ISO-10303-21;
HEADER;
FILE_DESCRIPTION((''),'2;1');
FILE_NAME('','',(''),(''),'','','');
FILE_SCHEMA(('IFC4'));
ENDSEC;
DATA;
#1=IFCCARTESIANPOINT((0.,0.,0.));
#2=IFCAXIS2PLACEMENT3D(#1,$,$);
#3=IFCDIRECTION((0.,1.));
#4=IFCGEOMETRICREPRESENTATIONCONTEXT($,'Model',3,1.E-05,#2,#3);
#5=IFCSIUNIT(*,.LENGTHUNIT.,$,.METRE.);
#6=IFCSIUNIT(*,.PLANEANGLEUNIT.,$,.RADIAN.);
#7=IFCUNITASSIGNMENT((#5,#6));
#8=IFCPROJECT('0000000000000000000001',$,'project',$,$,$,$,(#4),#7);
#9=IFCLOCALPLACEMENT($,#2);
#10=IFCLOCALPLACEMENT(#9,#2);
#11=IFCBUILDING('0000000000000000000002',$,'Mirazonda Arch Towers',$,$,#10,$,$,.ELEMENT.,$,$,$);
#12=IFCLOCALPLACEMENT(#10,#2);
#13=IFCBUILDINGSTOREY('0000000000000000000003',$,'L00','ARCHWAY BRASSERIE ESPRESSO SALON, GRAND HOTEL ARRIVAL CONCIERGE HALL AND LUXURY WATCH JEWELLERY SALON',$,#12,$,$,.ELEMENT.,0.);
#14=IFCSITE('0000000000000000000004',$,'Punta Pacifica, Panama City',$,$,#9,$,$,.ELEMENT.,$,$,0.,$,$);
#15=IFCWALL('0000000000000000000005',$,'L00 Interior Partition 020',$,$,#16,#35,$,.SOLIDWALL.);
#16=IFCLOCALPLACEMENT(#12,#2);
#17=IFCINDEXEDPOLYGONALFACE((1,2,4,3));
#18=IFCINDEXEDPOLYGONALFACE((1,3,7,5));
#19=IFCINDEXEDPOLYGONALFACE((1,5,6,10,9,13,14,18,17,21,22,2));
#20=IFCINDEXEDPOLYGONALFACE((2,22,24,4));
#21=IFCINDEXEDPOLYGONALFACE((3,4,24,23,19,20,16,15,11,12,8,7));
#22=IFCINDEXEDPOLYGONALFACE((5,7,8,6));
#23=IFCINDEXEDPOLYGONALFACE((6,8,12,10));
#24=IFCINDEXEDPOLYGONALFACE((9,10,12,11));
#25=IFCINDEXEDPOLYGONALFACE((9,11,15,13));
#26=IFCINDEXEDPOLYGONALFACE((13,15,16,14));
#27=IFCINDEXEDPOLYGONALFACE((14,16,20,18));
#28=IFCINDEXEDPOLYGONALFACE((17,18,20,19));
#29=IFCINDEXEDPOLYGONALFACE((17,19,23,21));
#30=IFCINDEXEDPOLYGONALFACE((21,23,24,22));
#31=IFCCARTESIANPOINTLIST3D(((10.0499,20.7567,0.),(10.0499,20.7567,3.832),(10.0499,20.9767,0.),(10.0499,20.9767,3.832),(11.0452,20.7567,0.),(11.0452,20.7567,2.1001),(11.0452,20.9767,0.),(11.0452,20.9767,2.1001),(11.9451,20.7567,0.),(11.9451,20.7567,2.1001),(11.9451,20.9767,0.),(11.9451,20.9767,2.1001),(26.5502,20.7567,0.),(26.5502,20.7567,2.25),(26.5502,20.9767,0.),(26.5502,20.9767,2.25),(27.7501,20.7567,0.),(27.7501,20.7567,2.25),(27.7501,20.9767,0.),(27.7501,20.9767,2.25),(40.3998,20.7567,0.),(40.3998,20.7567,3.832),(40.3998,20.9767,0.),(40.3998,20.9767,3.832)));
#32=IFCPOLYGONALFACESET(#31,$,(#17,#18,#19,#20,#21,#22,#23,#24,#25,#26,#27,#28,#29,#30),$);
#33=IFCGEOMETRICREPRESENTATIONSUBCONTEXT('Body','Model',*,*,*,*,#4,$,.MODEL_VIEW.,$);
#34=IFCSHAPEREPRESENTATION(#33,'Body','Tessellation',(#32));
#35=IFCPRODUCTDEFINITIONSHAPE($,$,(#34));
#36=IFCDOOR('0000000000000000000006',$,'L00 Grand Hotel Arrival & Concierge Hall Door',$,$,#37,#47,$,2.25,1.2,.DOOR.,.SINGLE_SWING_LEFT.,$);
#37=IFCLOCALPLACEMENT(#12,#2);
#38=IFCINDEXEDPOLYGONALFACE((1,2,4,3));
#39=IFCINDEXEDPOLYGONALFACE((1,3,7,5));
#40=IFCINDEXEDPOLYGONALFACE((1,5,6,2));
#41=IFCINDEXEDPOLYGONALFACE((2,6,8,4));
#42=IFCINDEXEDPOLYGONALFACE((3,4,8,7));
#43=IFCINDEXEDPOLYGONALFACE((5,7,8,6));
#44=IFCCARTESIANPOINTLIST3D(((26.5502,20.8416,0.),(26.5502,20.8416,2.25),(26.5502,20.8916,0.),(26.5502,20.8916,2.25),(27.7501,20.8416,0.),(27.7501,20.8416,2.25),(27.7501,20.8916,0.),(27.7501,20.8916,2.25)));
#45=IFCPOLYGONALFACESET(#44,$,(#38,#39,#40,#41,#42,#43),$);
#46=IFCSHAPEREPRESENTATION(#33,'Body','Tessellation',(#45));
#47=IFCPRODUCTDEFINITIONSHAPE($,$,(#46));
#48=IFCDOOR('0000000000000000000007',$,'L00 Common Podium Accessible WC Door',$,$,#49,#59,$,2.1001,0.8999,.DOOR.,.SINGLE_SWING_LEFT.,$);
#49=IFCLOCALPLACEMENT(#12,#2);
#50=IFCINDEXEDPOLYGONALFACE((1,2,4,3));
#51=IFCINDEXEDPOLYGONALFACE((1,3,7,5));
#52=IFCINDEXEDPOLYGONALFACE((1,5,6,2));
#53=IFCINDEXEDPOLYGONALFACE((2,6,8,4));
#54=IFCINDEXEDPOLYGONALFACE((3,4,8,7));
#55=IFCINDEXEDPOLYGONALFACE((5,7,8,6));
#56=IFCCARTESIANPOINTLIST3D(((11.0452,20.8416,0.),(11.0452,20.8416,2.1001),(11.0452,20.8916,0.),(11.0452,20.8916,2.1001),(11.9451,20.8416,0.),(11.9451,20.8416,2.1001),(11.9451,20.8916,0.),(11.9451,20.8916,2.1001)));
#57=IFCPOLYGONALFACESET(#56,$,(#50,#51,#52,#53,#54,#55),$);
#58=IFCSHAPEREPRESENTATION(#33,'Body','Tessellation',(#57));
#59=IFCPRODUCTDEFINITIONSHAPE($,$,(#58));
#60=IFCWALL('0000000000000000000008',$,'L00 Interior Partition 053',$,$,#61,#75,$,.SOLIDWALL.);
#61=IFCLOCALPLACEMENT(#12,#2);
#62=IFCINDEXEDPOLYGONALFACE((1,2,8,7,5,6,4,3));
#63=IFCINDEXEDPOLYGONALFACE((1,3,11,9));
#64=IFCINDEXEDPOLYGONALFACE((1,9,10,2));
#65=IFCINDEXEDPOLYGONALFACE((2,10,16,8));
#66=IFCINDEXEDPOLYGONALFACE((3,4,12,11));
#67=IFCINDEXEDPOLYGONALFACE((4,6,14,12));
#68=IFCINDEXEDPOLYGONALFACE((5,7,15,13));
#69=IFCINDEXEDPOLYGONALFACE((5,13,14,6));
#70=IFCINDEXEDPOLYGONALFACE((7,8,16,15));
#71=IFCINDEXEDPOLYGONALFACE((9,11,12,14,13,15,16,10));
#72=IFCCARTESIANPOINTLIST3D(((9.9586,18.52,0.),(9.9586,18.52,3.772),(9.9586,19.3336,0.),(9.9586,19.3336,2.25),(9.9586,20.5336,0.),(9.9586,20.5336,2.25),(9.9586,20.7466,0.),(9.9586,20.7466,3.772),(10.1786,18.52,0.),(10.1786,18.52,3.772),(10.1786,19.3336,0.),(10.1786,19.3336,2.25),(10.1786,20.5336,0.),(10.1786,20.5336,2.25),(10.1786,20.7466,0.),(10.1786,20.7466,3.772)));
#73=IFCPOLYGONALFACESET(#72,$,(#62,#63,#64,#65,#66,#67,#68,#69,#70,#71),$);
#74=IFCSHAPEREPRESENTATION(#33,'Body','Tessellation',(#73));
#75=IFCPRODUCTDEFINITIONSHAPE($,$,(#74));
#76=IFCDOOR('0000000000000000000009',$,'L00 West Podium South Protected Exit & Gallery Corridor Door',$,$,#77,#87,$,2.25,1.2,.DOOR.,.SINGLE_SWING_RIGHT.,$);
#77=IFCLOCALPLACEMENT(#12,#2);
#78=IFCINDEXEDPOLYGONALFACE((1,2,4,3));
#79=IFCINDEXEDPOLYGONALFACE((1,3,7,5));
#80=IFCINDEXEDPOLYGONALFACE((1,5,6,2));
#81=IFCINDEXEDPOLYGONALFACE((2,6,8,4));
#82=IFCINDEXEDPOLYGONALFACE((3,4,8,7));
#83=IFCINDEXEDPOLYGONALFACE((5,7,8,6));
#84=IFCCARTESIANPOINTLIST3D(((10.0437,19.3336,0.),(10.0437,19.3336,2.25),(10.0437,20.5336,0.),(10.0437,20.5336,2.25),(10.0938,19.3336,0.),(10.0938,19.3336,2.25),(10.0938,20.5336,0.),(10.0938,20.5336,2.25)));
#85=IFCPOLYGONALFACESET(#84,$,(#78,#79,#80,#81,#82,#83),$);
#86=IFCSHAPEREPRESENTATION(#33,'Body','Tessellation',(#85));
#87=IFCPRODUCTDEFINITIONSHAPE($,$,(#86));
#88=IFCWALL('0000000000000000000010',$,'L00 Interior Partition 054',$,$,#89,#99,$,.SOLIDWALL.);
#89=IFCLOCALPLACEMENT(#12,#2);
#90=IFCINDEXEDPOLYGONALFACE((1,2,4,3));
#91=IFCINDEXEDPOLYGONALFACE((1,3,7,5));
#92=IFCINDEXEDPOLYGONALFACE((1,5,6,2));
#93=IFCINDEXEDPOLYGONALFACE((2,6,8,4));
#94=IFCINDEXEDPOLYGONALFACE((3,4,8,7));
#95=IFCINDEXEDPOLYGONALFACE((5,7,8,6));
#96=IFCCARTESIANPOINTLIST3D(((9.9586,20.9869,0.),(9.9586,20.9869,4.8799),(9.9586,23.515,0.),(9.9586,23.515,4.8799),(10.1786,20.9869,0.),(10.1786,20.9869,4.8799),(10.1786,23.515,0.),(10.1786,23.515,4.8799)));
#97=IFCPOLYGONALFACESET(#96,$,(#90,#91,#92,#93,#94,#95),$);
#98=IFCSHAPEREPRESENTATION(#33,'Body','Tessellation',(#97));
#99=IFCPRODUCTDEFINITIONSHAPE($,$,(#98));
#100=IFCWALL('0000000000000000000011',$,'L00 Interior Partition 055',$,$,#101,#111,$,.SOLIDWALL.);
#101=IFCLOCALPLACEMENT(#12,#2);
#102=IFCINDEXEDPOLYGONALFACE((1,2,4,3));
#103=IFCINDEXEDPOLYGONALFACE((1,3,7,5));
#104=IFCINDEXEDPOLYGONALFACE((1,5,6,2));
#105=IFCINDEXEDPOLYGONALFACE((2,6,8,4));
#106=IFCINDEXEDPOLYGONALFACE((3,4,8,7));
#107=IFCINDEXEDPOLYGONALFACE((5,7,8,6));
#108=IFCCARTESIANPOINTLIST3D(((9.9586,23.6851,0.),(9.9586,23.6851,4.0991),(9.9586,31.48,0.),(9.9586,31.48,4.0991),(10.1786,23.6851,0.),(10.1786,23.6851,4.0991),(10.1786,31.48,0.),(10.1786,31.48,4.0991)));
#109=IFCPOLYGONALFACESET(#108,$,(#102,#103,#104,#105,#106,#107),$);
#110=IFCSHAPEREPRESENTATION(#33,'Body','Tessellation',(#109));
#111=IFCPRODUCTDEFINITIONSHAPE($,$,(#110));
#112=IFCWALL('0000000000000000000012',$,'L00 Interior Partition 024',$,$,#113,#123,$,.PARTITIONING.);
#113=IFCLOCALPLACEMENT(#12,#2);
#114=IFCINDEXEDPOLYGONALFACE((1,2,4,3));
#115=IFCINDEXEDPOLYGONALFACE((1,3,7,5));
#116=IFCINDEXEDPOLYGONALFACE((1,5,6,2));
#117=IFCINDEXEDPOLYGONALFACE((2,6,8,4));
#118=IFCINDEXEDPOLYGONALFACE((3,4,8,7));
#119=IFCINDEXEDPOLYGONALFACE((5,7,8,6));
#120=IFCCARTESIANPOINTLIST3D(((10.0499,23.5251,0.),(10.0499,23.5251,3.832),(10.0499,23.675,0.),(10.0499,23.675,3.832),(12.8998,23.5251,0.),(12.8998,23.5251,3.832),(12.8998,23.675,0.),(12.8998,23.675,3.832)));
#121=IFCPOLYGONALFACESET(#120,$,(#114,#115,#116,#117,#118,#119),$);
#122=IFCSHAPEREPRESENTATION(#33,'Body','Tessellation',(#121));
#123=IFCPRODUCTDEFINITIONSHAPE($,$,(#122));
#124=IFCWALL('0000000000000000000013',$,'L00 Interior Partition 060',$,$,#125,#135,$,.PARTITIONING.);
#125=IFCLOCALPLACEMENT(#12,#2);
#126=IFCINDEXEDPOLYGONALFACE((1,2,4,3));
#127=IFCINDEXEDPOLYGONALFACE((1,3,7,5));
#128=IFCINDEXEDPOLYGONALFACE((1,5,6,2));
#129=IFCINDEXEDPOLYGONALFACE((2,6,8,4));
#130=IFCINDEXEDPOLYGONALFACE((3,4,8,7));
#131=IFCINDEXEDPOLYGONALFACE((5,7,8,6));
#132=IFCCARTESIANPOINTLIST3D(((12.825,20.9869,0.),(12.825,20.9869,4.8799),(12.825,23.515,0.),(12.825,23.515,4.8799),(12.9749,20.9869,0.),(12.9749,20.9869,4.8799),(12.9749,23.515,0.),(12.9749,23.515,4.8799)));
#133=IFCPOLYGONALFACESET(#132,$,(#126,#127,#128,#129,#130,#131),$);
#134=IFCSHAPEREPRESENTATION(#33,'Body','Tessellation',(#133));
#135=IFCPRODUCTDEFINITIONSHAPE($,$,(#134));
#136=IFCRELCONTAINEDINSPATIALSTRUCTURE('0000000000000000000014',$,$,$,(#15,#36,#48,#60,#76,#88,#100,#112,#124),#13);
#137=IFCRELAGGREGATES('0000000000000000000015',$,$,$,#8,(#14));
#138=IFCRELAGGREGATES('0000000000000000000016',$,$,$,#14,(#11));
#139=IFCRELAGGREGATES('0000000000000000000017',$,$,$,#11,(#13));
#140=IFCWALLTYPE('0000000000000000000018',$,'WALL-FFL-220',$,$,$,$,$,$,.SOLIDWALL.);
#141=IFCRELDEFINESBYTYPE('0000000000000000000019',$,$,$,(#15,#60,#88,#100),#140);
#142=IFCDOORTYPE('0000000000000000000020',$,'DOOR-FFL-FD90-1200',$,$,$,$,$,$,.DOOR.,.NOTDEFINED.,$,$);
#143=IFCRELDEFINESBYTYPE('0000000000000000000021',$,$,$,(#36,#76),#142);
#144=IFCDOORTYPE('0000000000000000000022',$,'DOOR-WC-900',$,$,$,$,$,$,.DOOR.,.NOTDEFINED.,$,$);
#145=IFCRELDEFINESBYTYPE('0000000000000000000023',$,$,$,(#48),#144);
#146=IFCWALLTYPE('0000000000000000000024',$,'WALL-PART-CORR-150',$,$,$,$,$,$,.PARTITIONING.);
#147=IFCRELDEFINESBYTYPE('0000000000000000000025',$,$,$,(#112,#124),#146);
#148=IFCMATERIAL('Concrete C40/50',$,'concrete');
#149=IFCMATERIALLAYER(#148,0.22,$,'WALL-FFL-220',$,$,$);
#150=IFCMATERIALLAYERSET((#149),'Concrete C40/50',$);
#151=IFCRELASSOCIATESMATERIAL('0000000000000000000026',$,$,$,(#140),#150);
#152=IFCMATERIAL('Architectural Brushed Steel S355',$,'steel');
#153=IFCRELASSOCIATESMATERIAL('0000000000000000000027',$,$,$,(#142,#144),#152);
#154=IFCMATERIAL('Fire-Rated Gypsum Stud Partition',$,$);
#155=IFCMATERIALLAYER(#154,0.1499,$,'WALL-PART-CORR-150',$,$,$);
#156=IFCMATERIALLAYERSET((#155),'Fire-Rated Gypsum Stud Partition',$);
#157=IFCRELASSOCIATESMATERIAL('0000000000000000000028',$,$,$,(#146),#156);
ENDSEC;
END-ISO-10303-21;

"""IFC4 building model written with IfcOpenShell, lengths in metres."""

from ifc_helpers import new_model, si_unit, direction, frame, frame_2d, origin, place, context, subcontext, project, spatial, rectangle, extrude, material, layer, layer_set, type_object, element, fill, save


model = new_model("IFC4")

# Units and contexts
model_context = context("Model", 3, precision=1e-05, world=origin(), true_north=direction((0.0, 1.0)))
body_context = subcontext(model_context, "Body", "Model", "MODEL_VIEW")
ifc_project = project(units=[si_unit("LENGTHUNIT", "METRE"), si_unit("PLANEANGLEUNIT", "RADIAN")], contexts=[model_context])

# Site, building, storey
site_placement = place(None, origin())
site = spatial("IfcSite", under=ifc_project, at=site_placement, Name="Punta Pacifica, Panama City", CompositionType="ELEMENT", RefElevation=0.0)
building_placement = place(site_placement, origin())
building = spatial("IfcBuilding", under=site, at=building_placement, Name="Mirazonda Arch Towers", CompositionType="ELEMENT")
storey_placement = place(building_placement, origin())
storey = spatial("IfcBuildingStorey", under=building, at=storey_placement, Name="L00", Description="ARCHWAY BRASSERIE ESPRESSO SALON, GRAND HOTEL ARRIVAL CONCIERGE HALL AND LUXURY WATCH JEWELLERY SALON", CompositionType="ELEMENT", Elevation=0.0)

# Wall, openings, doors
ifc_material_1 = material(Name="Concrete C40/50", Category="concrete")
ifc_layer_1 = layer(ifc_material_1, 0.22, Name="WALL-FFL-220")
ifc_layer_set_1 = layer_set([ifc_layer_1], Name="Concrete C40/50")
wall_type_1 = type_object("IfcWallType", Name="WALL-FFL-220", PredefinedType="SOLIDWALL", material=ifc_layer_set_1)
wall_1_placement = place(storey_placement, frame((10.05, 20.8667, 0.0), z_axis=(0.0, 0.0, 1.0), x_axis=(1.0, 0.0, 0.0)))
wall_1 = element("IfcWall", 1, at=wall_1_placement, inside=storey, type_object=wall_type_1, Name="L00 Interior Partition 020", PredefinedType="SOLIDWALL", context=body_context, shape_type="SweptSolid", body=[
    extrude(rectangle(XDim=30.3499, YDim=0.22, at=frame_2d((15.1748, 0.0))), origin(), (0.0, 0.0, 1.0), 3.832),
])
opening_1_placement = place(wall_1_placement, frame((0.9951, 0.0, 0.0)))
opening_1 = element("IfcOpeningElement", 2, at=opening_1_placement, cuts=wall_1, PredefinedType="OPENING", context=body_context, shape_type="SweptSolid", body=[
    extrude(rectangle(XDim=0.8999, YDim=2.1001, at=frame_2d((0.45, 1.05))), frame((0.0, 0.1199, 0.0), z_axis=(0.0, -1.0, 0.0), x_axis=(1.0, 0.0, 0.0)), (0.0, 0.0, 1.0), 0.24),
])
opening_2_placement = place(wall_1_placement, frame((16.5, 0.0, 0.0)))
opening_2 = element("IfcOpeningElement", 3, at=opening_2_placement, cuts=wall_1, PredefinedType="OPENING", context=body_context, shape_type="SweptSolid", body=[
    extrude(rectangle(XDim=1.2, YDim=2.25, at=frame_2d((0.6001, 1.125))), frame((0.0, 0.1199, 0.0), z_axis=(0.0, -1.0, 0.0), x_axis=(1.0, 0.0, 0.0)), (0.0, 0.0, 1.0), 0.24),
])
ifc_material_2 = material(Name="Architectural Brushed Steel S355", Category="steel")
door_type_1 = type_object("IfcDoorType", Name="DOOR-FFL-FD90-1200", OperationType="NOTDEFINED", PredefinedType="DOOR", material=ifc_material_2)
door_1_placement = place(opening_2_placement, origin())
door_1 = element("IfcDoor", 4, at=door_1_placement, inside=storey, type_object=door_type_1, Name="L00 Grand Hotel Arrival & Concierge Hall Door", OperationType="SINGLE_SWING_LEFT", OverallHeight=2.25, OverallWidth=1.2, PredefinedType="DOOR", context=body_context, shape_type="SweptSolid", body=[
    extrude(rectangle(XDim=1.2, YDim=2.25, at=frame_2d((0.6001, 1.125))), frame((0.0, 0.0249, 0.0), z_axis=(0.0, -1.0, 0.0), x_axis=(1.0, 0.0, 0.0)), (0.0, 0.0, 1.0), 0.05),
])
fill(opening_2, door_1)
door_type_2 = type_object("IfcDoorType", Name="DOOR-WC-900", OperationType="NOTDEFINED", PredefinedType="DOOR", material=ifc_material_2)
door_2_placement = place(opening_1_placement, origin())
door_2 = element("IfcDoor", 5, at=door_2_placement, inside=storey, type_object=door_type_2, Name="L00 Common Podium Accessible WC Door", OperationType="SINGLE_SWING_LEFT", OverallHeight=2.1001, OverallWidth=0.8999, PredefinedType="DOOR", context=body_context, shape_type="SweptSolid", body=[
    extrude(rectangle(XDim=0.8999, YDim=2.1001, at=frame_2d((0.45, 1.05))), frame((0.0, 0.0249, 0.0), z_axis=(0.0, -1.0, 0.0), x_axis=(1.0, 0.0, 0.0)), (0.0, 0.0, 1.0), 0.05),
])
fill(opening_1, door_2)

# Wall, opening, door
wall_2_placement = place(storey_placement, frame((10.0686, 18.52, 0.0), z_axis=(0.0, 0.0, 1.0), x_axis=(0.0, 1.0, 0.0)))
wall_2 = element("IfcWall", 6, at=wall_2_placement, inside=storey, type_object=wall_type_1, Name="L00 Interior Partition 053", PredefinedType="SOLIDWALL", context=body_context, shape_type="SweptSolid", body=[
    extrude(rectangle(XDim=2.2266, YDim=0.22, at=frame_2d((1.1133, 0.0))), origin(), (0.0, 0.0, 1.0), 3.772),
])
opening_3_placement = place(wall_2_placement, frame((0.8135, 0.0, 0.0)))
opening_3 = element("IfcOpeningElement", 7, at=opening_3_placement, cuts=wall_2, PredefinedType="OPENING", context=body_context, shape_type="SweptSolid", body=[
    extrude(rectangle(XDim=1.2, YDim=2.25, at=frame_2d((0.6001, 1.125))), frame((0.0, 0.1199, 0.0), z_axis=(0.0, -1.0, 0.0), x_axis=(1.0, 0.0, 0.0)), (0.0, 0.0, 1.0), 0.24),
])
door_3_placement = place(opening_3_placement, origin())
door_3 = element("IfcDoor", 8, at=door_3_placement, inside=storey, type_object=door_type_1, Name="L00 West Podium South Protected Exit & Gallery Corridor Door", OperationType="SINGLE_SWING_RIGHT", OverallHeight=2.25, OverallWidth=1.2, PredefinedType="DOOR", context=body_context, shape_type="SweptSolid", body=[
    extrude(rectangle(XDim=1.2, YDim=2.25, at=frame_2d((0.6001, 1.125))), frame((0.0, 0.0249, 0.0), z_axis=(0.0, -1.0, 0.0), x_axis=(1.0, 0.0, 0.0)), (0.0, 0.0, 1.0), 0.05),
])
fill(opening_3, door_3)

# Walls
wall_3_placement = place(storey_placement, frame((10.0686, 20.9868, 0.0), z_axis=(0.0, 0.0, 1.0), x_axis=(0.0, 1.0, 0.0)))
element("IfcWall", 9, at=wall_3_placement, inside=storey, type_object=wall_type_1, Name="L00 Interior Partition 054", PredefinedType="SOLIDWALL", context=body_context, shape_type="SweptSolid", body=[
    extrude(rectangle(XDim=2.5281, YDim=0.22, at=frame_2d((1.2642, 0.0))), origin(), (0.0, 0.0, 1.0), 4.8799),
])
wall_4_placement = place(storey_placement, frame((10.0686, 23.6851, 0.0), z_axis=(0.0, 0.0, 1.0), x_axis=(0.0, 1.0, 0.0)))
element("IfcWall", 10, at=wall_4_placement, inside=storey, type_object=wall_type_1, Name="L00 Interior Partition 055", PredefinedType="SOLIDWALL", context=body_context, shape_type="SweptSolid", body=[
    extrude(rectangle(XDim=7.7949, YDim=0.22, at=frame_2d((3.8975, 0.0))), origin(), (0.0, 0.0, 1.0), 4.0991),
])
ifc_material_3 = material(Name="Fire-Rated Gypsum Stud Partition")
ifc_layer_2 = layer(ifc_material_3, 0.1499, Name="WALL-PART-CORR-150")
ifc_layer_set_2 = layer_set([ifc_layer_2], Name="Fire-Rated Gypsum Stud Partition")
wall_type_2 = type_object("IfcWallType", Name="WALL-PART-CORR-150", PredefinedType="PARTITIONING", material=ifc_layer_set_2)
wall_5_placement = place(storey_placement, frame((10.05, 23.6001, 0.0), z_axis=(0.0, 0.0, 1.0), x_axis=(1.0, 0.0, 0.0)))
element("IfcWall", 11, at=wall_5_placement, inside=storey, type_object=wall_type_2, Name="L00 Interior Partition 024", PredefinedType="PARTITIONING", context=body_context, shape_type="SweptSolid", body=[
    extrude(rectangle(XDim=2.8499, YDim=0.1499, at=frame_2d((1.4248, 0.0))), origin(), (0.0, 0.0, 1.0), 3.832),
])
wall_6_placement = place(storey_placement, frame((12.8999, 20.9868, 0.0), z_axis=(0.0, 0.0, 1.0), x_axis=(0.0, 1.0, 0.0)))
element("IfcWall", 12, at=wall_6_placement, inside=storey, type_object=wall_type_2, Name="L00 Interior Partition 060", PredefinedType="PARTITIONING", context=body_context, shape_type="SweptSolid", body=[
    extrude(rectangle(XDim=2.5281, YDim=0.1499, at=frame_2d((1.2642, 0.0))), origin(), (0.0, 0.0, 1.0), 4.8799),
])

save(model, "model.ifc")
